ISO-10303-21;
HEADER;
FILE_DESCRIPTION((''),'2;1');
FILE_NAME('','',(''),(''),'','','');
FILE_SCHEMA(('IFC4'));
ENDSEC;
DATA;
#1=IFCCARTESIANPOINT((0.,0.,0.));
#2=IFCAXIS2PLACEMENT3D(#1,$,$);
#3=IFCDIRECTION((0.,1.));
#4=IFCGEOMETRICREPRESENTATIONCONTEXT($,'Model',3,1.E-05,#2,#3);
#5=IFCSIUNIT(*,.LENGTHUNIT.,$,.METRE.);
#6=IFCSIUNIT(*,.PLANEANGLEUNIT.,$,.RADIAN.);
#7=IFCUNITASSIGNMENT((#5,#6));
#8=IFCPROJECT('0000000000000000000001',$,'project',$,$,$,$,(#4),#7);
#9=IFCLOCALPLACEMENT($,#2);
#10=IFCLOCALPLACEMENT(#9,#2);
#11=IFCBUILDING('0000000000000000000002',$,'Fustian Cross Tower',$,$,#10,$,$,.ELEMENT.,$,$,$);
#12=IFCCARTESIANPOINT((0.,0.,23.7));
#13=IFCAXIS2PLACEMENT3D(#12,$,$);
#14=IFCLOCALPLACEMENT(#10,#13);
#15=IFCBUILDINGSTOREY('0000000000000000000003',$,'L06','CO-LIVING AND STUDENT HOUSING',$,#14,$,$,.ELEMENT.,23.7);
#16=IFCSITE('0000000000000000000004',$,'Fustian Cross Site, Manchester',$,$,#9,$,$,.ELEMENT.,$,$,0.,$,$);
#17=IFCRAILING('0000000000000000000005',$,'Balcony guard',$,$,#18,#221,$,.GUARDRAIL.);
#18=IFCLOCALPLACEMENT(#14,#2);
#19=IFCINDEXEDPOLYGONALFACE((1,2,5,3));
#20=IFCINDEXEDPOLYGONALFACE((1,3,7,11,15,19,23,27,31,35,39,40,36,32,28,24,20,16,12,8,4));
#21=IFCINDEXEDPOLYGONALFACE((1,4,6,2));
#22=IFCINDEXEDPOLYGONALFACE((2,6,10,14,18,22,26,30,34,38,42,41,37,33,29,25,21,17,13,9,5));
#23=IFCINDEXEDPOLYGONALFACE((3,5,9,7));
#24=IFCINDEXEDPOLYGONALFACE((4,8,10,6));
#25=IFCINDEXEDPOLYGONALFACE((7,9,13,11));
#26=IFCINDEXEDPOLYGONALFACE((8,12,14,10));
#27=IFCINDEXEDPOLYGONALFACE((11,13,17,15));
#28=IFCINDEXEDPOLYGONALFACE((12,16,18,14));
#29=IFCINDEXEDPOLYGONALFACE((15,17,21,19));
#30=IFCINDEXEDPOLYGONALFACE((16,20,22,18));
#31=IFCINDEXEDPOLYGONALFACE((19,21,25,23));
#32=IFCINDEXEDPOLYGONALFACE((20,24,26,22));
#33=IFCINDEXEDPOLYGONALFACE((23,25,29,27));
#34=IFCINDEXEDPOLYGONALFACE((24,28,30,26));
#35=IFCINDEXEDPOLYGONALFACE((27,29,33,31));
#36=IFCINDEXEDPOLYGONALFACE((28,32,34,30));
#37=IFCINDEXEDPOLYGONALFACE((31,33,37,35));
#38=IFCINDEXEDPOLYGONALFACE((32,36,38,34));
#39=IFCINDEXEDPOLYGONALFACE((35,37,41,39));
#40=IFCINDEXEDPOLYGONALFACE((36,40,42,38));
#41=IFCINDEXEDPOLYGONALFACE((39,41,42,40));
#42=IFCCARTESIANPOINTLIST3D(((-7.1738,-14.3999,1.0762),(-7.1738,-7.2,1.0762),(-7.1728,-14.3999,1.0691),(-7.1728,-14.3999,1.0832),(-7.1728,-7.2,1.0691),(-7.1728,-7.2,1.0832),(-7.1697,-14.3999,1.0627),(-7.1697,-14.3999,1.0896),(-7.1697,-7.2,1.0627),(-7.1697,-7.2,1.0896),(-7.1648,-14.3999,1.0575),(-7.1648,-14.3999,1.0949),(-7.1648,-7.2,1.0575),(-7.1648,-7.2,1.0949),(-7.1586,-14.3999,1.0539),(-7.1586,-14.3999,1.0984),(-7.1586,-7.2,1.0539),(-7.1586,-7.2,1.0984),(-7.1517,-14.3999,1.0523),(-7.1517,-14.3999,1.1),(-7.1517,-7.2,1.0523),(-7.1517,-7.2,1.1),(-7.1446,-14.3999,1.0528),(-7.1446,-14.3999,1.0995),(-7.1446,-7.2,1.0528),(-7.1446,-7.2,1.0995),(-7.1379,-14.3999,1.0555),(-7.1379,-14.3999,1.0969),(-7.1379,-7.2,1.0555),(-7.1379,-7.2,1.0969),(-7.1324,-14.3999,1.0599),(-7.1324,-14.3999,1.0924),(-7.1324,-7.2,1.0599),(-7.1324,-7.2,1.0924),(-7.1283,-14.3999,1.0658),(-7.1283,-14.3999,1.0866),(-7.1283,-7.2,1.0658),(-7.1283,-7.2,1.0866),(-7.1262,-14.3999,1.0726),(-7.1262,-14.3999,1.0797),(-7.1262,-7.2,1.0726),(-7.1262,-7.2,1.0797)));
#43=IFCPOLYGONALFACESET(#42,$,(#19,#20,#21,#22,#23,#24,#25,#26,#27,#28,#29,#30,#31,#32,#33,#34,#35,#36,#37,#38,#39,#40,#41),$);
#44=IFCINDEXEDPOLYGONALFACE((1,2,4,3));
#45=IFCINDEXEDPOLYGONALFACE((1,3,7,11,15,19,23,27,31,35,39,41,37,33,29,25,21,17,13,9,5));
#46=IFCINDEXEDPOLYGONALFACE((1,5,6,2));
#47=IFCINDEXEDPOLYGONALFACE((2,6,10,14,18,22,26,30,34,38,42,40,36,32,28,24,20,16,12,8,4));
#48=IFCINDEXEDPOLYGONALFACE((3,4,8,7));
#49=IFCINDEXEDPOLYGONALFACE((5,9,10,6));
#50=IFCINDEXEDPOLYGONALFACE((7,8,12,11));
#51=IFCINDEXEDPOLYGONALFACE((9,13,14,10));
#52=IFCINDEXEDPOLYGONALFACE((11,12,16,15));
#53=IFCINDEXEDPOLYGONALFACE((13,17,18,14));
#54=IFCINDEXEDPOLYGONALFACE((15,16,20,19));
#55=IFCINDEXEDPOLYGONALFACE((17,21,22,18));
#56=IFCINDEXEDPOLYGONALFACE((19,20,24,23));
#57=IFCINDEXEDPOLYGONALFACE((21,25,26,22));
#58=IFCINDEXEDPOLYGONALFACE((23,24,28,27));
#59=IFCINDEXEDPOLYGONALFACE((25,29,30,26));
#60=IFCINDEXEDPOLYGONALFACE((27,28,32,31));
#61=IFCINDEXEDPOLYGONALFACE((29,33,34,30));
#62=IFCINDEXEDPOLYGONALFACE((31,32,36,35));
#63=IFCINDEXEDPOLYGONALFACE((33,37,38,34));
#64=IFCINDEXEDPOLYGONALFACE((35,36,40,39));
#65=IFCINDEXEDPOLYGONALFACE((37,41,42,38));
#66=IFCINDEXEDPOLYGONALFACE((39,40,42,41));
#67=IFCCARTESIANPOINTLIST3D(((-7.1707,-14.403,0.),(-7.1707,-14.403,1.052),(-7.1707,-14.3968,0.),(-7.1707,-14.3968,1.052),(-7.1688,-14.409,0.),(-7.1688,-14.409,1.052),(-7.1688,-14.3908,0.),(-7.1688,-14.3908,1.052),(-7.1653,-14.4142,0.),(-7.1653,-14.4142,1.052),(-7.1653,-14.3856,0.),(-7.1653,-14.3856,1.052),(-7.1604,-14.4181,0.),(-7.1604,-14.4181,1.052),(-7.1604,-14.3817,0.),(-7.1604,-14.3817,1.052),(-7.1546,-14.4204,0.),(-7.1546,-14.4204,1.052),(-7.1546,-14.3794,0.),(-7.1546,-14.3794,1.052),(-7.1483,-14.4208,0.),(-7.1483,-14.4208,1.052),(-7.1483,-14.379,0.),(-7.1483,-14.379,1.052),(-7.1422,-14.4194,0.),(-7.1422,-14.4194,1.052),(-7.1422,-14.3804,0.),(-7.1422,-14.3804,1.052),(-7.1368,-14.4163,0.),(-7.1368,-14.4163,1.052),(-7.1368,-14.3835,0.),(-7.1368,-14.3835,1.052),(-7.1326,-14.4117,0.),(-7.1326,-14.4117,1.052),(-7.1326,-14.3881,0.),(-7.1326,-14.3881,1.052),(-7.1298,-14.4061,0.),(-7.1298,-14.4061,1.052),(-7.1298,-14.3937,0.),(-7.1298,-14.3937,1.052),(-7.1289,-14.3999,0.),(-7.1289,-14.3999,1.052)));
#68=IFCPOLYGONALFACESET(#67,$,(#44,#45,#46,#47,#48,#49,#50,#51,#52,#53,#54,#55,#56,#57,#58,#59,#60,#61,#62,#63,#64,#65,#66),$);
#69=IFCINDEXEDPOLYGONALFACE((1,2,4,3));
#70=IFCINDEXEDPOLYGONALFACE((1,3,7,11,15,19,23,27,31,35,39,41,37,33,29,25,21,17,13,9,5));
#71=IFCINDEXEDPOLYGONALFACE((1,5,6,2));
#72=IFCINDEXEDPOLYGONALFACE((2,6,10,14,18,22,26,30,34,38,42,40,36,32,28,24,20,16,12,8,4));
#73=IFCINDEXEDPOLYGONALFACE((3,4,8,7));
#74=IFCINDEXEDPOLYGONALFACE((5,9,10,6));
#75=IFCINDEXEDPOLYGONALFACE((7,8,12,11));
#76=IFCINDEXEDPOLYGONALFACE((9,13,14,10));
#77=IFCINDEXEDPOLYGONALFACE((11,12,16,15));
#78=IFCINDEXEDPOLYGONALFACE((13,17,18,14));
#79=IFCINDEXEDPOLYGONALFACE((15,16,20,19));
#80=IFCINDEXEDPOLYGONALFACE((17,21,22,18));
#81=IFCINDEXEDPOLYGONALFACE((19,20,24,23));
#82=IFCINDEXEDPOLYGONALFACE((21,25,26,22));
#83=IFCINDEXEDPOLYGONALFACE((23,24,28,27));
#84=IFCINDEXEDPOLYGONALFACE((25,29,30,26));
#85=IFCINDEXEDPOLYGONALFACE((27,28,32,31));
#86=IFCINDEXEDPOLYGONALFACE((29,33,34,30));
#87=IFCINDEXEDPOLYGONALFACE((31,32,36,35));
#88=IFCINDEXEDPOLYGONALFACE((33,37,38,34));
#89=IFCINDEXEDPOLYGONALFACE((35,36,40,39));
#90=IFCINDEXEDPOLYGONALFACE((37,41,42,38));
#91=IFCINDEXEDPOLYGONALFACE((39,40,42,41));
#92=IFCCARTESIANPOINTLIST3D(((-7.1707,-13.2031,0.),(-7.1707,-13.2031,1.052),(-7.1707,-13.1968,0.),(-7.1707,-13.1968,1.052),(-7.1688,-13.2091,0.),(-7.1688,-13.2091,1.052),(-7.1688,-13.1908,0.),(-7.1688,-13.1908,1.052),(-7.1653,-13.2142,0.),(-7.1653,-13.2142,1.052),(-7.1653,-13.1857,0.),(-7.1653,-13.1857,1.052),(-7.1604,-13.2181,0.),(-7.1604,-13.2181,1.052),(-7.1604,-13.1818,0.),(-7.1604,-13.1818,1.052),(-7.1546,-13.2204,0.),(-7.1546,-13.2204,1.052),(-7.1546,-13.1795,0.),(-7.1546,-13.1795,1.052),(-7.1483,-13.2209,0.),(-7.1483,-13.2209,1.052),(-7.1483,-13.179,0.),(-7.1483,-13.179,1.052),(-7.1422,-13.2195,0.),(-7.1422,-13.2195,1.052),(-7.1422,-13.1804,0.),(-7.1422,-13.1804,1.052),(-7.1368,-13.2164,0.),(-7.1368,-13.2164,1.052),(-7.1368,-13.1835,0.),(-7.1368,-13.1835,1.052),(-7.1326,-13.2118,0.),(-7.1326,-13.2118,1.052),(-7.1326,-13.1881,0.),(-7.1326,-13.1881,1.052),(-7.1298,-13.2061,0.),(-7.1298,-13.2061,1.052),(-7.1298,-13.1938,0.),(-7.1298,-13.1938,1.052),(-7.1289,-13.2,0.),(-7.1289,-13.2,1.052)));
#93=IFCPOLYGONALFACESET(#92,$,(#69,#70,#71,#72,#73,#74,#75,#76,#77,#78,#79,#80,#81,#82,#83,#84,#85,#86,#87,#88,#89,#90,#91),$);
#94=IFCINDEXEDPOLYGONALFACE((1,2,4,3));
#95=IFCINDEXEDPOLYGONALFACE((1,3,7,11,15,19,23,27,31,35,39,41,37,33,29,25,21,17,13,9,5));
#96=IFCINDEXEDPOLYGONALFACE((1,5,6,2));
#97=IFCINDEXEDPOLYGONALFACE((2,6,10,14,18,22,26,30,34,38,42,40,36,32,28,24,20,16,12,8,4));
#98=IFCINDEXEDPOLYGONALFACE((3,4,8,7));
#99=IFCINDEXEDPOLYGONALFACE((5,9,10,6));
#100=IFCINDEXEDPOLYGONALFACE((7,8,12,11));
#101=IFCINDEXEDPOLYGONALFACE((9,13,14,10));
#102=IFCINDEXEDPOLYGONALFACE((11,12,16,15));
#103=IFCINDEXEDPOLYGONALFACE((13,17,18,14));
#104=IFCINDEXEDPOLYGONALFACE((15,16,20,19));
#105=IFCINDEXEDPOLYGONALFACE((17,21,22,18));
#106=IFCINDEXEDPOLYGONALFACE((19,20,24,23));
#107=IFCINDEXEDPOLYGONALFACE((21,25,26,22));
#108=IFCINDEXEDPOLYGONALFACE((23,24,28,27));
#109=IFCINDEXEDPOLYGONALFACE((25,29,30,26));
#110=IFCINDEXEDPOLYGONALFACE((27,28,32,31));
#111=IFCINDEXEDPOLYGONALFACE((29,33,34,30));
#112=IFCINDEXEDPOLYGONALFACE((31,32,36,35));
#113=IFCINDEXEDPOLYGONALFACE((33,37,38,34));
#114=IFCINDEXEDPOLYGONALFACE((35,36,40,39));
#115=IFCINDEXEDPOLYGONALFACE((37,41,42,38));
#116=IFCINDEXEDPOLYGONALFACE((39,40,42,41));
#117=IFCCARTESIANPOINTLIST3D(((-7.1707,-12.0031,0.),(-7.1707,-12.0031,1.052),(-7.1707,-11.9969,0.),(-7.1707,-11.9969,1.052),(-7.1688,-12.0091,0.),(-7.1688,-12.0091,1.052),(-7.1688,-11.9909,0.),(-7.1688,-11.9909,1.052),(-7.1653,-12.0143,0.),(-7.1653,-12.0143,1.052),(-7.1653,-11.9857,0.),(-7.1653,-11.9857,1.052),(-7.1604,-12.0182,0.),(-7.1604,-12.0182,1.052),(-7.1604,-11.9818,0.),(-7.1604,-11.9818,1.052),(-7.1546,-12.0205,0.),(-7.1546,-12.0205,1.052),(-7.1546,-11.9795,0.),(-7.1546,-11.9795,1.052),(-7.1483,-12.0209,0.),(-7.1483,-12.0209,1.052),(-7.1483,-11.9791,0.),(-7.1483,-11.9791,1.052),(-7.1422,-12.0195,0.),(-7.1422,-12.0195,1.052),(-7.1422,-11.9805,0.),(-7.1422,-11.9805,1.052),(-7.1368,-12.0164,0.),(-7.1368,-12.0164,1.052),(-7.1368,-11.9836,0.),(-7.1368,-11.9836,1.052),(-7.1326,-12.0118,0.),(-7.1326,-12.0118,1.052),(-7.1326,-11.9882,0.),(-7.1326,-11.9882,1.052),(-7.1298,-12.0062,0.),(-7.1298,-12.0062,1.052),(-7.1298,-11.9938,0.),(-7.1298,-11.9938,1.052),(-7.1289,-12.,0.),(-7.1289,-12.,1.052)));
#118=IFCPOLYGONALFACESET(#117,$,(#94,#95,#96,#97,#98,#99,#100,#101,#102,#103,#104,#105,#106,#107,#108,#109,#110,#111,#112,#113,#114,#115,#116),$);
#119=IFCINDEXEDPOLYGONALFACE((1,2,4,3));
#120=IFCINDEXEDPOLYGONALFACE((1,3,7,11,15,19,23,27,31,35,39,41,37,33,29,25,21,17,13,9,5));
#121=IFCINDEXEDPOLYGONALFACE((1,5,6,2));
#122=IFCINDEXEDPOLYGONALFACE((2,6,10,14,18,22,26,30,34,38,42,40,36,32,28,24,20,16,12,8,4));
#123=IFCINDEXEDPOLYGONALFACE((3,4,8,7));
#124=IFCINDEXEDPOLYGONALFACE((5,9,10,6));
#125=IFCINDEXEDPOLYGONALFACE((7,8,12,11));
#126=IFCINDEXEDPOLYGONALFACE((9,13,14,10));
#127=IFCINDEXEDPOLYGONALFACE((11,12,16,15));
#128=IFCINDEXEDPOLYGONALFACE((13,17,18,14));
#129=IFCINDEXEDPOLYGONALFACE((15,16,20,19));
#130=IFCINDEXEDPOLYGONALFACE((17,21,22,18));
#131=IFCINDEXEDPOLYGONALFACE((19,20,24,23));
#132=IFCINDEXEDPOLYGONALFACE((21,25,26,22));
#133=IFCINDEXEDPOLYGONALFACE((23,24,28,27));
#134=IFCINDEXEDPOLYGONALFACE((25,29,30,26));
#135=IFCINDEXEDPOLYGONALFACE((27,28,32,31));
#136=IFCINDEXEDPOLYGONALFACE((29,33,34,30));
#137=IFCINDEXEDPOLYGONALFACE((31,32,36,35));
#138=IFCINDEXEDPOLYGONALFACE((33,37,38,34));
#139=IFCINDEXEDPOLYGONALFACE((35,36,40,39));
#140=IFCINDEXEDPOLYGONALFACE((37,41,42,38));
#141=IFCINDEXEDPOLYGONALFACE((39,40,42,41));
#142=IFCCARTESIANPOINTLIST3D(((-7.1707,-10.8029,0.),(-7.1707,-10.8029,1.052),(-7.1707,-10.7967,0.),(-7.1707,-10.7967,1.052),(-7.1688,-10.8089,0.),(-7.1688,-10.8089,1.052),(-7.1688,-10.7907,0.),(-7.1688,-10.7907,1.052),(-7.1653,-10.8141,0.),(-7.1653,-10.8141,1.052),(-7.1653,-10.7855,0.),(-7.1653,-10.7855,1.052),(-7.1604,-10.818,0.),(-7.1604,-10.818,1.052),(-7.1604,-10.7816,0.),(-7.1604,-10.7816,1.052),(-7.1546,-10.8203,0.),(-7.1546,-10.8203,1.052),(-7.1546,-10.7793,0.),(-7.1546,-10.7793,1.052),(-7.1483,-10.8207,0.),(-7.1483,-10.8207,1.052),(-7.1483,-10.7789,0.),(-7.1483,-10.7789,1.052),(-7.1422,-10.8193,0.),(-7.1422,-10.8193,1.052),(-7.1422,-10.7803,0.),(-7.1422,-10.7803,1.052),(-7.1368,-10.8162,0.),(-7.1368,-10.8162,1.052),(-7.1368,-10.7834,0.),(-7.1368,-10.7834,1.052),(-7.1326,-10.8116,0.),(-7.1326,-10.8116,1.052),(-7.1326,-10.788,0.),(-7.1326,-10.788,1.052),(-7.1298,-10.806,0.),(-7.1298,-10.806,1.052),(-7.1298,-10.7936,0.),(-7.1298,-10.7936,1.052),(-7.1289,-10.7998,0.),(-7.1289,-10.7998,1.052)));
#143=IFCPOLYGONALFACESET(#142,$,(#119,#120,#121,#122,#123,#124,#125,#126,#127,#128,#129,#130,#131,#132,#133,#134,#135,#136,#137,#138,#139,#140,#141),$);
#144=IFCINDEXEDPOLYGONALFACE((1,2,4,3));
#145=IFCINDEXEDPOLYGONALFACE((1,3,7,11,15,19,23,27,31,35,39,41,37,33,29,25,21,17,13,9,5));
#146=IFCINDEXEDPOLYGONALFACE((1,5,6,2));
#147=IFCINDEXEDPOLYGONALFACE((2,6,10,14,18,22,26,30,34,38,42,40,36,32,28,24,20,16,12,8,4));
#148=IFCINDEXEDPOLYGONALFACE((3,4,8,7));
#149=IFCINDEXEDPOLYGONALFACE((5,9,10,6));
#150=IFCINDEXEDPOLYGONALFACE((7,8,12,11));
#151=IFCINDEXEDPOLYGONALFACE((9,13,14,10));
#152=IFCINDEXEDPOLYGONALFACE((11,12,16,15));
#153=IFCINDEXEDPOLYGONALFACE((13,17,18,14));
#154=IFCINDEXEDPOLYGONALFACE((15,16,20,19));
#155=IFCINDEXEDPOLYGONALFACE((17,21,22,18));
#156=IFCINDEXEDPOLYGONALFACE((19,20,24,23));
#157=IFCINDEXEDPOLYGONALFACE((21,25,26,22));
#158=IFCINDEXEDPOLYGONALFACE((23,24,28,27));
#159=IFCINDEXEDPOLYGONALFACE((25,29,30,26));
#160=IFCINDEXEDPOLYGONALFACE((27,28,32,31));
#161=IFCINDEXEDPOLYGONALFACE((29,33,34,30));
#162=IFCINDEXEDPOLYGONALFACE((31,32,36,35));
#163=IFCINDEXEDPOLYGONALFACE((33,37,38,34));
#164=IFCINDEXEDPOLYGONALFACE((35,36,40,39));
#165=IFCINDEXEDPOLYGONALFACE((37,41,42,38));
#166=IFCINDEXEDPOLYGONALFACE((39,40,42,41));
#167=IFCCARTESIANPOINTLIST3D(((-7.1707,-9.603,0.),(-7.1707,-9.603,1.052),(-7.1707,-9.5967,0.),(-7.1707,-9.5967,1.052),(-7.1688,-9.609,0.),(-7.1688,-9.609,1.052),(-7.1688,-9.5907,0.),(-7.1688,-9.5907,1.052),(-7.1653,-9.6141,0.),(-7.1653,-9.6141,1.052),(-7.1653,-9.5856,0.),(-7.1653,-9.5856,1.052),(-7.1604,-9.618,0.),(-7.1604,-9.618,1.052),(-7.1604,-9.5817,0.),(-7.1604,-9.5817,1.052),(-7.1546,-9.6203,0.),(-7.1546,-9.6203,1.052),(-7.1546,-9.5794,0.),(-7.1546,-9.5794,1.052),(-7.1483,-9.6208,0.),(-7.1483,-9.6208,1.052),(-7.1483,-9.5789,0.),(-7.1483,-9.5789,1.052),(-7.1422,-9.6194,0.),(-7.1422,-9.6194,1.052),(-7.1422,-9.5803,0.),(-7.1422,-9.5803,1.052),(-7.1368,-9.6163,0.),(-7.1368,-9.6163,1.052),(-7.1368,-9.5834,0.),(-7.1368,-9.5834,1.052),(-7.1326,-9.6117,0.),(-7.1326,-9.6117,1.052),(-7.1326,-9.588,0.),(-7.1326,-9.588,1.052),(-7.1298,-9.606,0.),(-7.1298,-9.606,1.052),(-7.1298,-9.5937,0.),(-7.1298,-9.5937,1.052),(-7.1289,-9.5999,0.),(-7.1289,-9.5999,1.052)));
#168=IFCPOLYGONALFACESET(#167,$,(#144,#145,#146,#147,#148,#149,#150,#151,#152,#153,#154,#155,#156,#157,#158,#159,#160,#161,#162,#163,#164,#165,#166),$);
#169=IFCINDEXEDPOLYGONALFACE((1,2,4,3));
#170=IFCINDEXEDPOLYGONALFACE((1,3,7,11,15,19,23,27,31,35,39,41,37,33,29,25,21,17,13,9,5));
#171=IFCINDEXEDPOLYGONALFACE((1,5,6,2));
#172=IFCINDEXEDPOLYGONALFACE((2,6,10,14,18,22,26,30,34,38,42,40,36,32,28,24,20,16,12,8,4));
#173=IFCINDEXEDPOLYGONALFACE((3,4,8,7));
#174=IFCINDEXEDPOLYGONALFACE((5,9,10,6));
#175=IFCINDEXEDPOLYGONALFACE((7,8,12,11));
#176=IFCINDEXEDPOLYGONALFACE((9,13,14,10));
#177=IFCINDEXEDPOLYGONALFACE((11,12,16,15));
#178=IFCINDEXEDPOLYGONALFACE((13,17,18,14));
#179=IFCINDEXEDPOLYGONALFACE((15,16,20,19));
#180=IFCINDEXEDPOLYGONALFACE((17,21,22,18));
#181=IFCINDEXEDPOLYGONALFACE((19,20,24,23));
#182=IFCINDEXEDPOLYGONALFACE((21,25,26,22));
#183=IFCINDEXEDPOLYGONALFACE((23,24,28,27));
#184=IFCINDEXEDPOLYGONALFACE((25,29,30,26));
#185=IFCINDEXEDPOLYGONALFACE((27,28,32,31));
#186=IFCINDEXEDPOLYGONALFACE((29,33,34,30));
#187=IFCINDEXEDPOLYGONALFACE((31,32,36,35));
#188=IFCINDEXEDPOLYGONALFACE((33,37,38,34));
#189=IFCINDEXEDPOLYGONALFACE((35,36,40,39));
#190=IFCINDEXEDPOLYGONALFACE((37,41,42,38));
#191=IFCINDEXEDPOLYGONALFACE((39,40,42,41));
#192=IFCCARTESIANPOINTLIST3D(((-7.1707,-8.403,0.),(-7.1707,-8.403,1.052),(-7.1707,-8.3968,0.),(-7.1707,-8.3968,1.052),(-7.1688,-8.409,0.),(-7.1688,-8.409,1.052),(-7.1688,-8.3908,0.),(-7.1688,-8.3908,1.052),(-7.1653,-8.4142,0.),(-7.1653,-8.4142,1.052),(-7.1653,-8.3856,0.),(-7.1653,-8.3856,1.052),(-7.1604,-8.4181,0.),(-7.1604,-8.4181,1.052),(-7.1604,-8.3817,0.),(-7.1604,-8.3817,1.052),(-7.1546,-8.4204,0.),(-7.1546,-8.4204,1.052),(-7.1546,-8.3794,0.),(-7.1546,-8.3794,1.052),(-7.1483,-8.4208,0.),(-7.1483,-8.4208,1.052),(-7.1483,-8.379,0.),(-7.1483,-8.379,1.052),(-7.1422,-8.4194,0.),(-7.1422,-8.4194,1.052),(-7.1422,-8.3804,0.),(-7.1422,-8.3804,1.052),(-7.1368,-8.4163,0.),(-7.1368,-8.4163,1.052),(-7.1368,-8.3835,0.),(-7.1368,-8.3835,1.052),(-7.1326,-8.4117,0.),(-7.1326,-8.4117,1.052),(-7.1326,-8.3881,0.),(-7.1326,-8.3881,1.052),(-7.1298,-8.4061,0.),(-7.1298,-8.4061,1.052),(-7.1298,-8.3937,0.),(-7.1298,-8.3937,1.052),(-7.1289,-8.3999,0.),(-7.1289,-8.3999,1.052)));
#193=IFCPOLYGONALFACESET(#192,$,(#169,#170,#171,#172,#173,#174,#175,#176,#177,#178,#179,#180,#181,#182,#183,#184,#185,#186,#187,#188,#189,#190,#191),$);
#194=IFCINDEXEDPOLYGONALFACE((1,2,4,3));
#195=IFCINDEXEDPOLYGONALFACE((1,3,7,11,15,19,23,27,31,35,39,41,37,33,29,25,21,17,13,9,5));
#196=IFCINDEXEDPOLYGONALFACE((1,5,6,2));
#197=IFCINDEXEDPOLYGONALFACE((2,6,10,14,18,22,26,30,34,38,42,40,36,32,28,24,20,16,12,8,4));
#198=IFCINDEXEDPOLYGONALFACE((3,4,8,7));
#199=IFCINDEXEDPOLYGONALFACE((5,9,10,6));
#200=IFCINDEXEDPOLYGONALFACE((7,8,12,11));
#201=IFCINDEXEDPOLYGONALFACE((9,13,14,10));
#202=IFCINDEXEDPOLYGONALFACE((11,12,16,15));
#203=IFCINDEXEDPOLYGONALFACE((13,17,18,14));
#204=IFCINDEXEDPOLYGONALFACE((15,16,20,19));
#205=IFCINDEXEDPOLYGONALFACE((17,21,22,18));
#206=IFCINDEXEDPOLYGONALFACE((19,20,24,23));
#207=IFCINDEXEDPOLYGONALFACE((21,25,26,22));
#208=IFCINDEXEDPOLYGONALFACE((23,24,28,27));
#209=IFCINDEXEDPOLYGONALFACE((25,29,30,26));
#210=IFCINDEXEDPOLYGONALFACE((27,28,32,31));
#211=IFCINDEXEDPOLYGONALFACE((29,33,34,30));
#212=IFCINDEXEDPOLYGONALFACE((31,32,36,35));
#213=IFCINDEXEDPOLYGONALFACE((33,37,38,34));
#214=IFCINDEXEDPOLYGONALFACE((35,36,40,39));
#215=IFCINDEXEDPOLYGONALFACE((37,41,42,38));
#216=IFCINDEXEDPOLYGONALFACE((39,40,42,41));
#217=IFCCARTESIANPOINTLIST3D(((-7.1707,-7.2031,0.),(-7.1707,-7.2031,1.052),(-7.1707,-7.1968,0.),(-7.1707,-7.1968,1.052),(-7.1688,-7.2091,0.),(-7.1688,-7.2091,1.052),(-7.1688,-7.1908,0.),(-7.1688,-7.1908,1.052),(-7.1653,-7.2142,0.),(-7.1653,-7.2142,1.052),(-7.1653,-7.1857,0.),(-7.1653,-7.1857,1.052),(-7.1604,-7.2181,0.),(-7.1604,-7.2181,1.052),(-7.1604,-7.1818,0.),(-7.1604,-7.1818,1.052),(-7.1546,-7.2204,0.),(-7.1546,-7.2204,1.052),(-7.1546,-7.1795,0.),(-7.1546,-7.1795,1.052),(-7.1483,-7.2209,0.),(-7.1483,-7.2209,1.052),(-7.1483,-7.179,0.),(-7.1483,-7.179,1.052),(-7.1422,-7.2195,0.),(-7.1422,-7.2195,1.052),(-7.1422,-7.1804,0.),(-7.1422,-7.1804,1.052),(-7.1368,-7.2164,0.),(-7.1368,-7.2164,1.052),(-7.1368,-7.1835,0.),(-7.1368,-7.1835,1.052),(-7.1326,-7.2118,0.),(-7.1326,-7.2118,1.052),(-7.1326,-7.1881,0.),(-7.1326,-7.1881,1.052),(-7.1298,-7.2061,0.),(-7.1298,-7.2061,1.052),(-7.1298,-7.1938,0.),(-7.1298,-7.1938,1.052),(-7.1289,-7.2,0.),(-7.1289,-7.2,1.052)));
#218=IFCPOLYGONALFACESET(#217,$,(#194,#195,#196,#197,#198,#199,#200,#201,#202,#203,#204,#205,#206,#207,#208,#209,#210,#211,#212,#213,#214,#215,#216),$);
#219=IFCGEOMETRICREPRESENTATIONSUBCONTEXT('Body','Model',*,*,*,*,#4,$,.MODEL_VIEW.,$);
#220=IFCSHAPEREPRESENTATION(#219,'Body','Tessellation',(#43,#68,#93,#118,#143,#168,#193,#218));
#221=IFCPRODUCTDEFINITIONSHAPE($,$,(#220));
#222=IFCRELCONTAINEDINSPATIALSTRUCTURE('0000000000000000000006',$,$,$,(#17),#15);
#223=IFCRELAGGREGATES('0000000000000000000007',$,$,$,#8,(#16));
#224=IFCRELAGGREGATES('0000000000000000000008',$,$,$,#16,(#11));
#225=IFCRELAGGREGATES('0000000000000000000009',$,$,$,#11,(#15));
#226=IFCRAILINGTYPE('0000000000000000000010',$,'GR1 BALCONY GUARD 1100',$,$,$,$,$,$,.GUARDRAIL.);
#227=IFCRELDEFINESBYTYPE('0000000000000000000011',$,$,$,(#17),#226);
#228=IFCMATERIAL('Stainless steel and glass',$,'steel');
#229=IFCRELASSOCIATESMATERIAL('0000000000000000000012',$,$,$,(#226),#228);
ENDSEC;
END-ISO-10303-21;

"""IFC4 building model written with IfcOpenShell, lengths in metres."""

from ifc_helpers import new_model, si_unit, direction, frame, origin, origin_2d, place, context, subcontext, project, spatial, circle, extrude, material, type_object, element, save


model = new_model("IFC4")

# Units and contexts
model_context = context("Model", 3, precision=1e-05, world=origin(), true_north=direction((0.0, 1.0)))
body_context = subcontext(model_context, "Body", "Model", "MODEL_VIEW")
ifc_project = project(units=[si_unit("LENGTHUNIT", "METRE"), si_unit("PLANEANGLEUNIT", "RADIAN")], contexts=[model_context])

# Site, building, storey
site_placement = place(None, origin())
site = spatial("IfcSite", under=ifc_project, at=site_placement, Name="Fustian Cross Site, Manchester", CompositionType="ELEMENT", RefElevation=0.0)
building_placement = place(site_placement, origin())
building = spatial("IfcBuilding", under=site, at=building_placement, Name="Fustian Cross Tower", CompositionType="ELEMENT")
storey_placement = place(building_placement, frame((0.0, 0.0, 23.7)))
storey = spatial("IfcBuildingStorey", under=building, at=storey_placement, Name="L06", Description="CO-LIVING AND STUDENT HOUSING", CompositionType="ELEMENT", Elevation=23.7)

# Railing
ifc_material_1 = material(Name="Stainless steel and glass", Category="steel")
railing_type = type_object("IfcRailingType", Name="GR1 BALCONY GUARD 1100", PredefinedType="GUARDRAIL", material=ifc_material_1)
railing_placement = place(storey_placement, frame((-7.1499, -14.3999, 0.0)))
element("IfcRailing", 1, at=railing_placement, inside=storey, type_object=railing_type, Name="Balcony guard", PredefinedType="GUARDRAIL", context=body_context, shape_type="SweptSolid", body=[
    extrude(circle(Radius=0.0239, at=origin_2d()), frame((0.0, 0.0, 1.0762), z_axis=(0.0, 1.0, 0.0), x_axis=(-1.0, 0.0, 0.0)), (0.0, 0.0, 1.0), 7.2),
    extrude(circle(Radius=0.021, at=origin_2d()), origin(), (0.0, 0.0, 1.0), 1.052),
    extrude(circle(Radius=0.021, at=origin_2d()), frame((0.0, 1.2, 0.0)), (0.0, 0.0, 1.0), 1.052),
    extrude(circle(Radius=0.021, at=origin_2d()), frame((0.0, 2.3999, 0.0)), (0.0, 0.0, 1.0), 1.052),
    extrude(circle(Radius=0.021, at=origin_2d()), frame((0.0, 3.6001, 0.0)), (0.0, 0.0, 1.0), 1.052),
    extrude(circle(Radius=0.021, at=origin_2d()), frame((0.0, 4.8, 0.0)), (0.0, 0.0, 1.0), 1.052),
    extrude(circle(Radius=0.021, at=origin_2d()), frame((0.0, 6.0, 0.0)), (0.0, 0.0, 1.0), 1.052),
    extrude(circle(Radius=0.021, at=origin_2d()), frame((0.0, 7.2, 0.0)), (0.0, 0.0, 1.0), 1.052),
])

save(model, "model.ifc")
